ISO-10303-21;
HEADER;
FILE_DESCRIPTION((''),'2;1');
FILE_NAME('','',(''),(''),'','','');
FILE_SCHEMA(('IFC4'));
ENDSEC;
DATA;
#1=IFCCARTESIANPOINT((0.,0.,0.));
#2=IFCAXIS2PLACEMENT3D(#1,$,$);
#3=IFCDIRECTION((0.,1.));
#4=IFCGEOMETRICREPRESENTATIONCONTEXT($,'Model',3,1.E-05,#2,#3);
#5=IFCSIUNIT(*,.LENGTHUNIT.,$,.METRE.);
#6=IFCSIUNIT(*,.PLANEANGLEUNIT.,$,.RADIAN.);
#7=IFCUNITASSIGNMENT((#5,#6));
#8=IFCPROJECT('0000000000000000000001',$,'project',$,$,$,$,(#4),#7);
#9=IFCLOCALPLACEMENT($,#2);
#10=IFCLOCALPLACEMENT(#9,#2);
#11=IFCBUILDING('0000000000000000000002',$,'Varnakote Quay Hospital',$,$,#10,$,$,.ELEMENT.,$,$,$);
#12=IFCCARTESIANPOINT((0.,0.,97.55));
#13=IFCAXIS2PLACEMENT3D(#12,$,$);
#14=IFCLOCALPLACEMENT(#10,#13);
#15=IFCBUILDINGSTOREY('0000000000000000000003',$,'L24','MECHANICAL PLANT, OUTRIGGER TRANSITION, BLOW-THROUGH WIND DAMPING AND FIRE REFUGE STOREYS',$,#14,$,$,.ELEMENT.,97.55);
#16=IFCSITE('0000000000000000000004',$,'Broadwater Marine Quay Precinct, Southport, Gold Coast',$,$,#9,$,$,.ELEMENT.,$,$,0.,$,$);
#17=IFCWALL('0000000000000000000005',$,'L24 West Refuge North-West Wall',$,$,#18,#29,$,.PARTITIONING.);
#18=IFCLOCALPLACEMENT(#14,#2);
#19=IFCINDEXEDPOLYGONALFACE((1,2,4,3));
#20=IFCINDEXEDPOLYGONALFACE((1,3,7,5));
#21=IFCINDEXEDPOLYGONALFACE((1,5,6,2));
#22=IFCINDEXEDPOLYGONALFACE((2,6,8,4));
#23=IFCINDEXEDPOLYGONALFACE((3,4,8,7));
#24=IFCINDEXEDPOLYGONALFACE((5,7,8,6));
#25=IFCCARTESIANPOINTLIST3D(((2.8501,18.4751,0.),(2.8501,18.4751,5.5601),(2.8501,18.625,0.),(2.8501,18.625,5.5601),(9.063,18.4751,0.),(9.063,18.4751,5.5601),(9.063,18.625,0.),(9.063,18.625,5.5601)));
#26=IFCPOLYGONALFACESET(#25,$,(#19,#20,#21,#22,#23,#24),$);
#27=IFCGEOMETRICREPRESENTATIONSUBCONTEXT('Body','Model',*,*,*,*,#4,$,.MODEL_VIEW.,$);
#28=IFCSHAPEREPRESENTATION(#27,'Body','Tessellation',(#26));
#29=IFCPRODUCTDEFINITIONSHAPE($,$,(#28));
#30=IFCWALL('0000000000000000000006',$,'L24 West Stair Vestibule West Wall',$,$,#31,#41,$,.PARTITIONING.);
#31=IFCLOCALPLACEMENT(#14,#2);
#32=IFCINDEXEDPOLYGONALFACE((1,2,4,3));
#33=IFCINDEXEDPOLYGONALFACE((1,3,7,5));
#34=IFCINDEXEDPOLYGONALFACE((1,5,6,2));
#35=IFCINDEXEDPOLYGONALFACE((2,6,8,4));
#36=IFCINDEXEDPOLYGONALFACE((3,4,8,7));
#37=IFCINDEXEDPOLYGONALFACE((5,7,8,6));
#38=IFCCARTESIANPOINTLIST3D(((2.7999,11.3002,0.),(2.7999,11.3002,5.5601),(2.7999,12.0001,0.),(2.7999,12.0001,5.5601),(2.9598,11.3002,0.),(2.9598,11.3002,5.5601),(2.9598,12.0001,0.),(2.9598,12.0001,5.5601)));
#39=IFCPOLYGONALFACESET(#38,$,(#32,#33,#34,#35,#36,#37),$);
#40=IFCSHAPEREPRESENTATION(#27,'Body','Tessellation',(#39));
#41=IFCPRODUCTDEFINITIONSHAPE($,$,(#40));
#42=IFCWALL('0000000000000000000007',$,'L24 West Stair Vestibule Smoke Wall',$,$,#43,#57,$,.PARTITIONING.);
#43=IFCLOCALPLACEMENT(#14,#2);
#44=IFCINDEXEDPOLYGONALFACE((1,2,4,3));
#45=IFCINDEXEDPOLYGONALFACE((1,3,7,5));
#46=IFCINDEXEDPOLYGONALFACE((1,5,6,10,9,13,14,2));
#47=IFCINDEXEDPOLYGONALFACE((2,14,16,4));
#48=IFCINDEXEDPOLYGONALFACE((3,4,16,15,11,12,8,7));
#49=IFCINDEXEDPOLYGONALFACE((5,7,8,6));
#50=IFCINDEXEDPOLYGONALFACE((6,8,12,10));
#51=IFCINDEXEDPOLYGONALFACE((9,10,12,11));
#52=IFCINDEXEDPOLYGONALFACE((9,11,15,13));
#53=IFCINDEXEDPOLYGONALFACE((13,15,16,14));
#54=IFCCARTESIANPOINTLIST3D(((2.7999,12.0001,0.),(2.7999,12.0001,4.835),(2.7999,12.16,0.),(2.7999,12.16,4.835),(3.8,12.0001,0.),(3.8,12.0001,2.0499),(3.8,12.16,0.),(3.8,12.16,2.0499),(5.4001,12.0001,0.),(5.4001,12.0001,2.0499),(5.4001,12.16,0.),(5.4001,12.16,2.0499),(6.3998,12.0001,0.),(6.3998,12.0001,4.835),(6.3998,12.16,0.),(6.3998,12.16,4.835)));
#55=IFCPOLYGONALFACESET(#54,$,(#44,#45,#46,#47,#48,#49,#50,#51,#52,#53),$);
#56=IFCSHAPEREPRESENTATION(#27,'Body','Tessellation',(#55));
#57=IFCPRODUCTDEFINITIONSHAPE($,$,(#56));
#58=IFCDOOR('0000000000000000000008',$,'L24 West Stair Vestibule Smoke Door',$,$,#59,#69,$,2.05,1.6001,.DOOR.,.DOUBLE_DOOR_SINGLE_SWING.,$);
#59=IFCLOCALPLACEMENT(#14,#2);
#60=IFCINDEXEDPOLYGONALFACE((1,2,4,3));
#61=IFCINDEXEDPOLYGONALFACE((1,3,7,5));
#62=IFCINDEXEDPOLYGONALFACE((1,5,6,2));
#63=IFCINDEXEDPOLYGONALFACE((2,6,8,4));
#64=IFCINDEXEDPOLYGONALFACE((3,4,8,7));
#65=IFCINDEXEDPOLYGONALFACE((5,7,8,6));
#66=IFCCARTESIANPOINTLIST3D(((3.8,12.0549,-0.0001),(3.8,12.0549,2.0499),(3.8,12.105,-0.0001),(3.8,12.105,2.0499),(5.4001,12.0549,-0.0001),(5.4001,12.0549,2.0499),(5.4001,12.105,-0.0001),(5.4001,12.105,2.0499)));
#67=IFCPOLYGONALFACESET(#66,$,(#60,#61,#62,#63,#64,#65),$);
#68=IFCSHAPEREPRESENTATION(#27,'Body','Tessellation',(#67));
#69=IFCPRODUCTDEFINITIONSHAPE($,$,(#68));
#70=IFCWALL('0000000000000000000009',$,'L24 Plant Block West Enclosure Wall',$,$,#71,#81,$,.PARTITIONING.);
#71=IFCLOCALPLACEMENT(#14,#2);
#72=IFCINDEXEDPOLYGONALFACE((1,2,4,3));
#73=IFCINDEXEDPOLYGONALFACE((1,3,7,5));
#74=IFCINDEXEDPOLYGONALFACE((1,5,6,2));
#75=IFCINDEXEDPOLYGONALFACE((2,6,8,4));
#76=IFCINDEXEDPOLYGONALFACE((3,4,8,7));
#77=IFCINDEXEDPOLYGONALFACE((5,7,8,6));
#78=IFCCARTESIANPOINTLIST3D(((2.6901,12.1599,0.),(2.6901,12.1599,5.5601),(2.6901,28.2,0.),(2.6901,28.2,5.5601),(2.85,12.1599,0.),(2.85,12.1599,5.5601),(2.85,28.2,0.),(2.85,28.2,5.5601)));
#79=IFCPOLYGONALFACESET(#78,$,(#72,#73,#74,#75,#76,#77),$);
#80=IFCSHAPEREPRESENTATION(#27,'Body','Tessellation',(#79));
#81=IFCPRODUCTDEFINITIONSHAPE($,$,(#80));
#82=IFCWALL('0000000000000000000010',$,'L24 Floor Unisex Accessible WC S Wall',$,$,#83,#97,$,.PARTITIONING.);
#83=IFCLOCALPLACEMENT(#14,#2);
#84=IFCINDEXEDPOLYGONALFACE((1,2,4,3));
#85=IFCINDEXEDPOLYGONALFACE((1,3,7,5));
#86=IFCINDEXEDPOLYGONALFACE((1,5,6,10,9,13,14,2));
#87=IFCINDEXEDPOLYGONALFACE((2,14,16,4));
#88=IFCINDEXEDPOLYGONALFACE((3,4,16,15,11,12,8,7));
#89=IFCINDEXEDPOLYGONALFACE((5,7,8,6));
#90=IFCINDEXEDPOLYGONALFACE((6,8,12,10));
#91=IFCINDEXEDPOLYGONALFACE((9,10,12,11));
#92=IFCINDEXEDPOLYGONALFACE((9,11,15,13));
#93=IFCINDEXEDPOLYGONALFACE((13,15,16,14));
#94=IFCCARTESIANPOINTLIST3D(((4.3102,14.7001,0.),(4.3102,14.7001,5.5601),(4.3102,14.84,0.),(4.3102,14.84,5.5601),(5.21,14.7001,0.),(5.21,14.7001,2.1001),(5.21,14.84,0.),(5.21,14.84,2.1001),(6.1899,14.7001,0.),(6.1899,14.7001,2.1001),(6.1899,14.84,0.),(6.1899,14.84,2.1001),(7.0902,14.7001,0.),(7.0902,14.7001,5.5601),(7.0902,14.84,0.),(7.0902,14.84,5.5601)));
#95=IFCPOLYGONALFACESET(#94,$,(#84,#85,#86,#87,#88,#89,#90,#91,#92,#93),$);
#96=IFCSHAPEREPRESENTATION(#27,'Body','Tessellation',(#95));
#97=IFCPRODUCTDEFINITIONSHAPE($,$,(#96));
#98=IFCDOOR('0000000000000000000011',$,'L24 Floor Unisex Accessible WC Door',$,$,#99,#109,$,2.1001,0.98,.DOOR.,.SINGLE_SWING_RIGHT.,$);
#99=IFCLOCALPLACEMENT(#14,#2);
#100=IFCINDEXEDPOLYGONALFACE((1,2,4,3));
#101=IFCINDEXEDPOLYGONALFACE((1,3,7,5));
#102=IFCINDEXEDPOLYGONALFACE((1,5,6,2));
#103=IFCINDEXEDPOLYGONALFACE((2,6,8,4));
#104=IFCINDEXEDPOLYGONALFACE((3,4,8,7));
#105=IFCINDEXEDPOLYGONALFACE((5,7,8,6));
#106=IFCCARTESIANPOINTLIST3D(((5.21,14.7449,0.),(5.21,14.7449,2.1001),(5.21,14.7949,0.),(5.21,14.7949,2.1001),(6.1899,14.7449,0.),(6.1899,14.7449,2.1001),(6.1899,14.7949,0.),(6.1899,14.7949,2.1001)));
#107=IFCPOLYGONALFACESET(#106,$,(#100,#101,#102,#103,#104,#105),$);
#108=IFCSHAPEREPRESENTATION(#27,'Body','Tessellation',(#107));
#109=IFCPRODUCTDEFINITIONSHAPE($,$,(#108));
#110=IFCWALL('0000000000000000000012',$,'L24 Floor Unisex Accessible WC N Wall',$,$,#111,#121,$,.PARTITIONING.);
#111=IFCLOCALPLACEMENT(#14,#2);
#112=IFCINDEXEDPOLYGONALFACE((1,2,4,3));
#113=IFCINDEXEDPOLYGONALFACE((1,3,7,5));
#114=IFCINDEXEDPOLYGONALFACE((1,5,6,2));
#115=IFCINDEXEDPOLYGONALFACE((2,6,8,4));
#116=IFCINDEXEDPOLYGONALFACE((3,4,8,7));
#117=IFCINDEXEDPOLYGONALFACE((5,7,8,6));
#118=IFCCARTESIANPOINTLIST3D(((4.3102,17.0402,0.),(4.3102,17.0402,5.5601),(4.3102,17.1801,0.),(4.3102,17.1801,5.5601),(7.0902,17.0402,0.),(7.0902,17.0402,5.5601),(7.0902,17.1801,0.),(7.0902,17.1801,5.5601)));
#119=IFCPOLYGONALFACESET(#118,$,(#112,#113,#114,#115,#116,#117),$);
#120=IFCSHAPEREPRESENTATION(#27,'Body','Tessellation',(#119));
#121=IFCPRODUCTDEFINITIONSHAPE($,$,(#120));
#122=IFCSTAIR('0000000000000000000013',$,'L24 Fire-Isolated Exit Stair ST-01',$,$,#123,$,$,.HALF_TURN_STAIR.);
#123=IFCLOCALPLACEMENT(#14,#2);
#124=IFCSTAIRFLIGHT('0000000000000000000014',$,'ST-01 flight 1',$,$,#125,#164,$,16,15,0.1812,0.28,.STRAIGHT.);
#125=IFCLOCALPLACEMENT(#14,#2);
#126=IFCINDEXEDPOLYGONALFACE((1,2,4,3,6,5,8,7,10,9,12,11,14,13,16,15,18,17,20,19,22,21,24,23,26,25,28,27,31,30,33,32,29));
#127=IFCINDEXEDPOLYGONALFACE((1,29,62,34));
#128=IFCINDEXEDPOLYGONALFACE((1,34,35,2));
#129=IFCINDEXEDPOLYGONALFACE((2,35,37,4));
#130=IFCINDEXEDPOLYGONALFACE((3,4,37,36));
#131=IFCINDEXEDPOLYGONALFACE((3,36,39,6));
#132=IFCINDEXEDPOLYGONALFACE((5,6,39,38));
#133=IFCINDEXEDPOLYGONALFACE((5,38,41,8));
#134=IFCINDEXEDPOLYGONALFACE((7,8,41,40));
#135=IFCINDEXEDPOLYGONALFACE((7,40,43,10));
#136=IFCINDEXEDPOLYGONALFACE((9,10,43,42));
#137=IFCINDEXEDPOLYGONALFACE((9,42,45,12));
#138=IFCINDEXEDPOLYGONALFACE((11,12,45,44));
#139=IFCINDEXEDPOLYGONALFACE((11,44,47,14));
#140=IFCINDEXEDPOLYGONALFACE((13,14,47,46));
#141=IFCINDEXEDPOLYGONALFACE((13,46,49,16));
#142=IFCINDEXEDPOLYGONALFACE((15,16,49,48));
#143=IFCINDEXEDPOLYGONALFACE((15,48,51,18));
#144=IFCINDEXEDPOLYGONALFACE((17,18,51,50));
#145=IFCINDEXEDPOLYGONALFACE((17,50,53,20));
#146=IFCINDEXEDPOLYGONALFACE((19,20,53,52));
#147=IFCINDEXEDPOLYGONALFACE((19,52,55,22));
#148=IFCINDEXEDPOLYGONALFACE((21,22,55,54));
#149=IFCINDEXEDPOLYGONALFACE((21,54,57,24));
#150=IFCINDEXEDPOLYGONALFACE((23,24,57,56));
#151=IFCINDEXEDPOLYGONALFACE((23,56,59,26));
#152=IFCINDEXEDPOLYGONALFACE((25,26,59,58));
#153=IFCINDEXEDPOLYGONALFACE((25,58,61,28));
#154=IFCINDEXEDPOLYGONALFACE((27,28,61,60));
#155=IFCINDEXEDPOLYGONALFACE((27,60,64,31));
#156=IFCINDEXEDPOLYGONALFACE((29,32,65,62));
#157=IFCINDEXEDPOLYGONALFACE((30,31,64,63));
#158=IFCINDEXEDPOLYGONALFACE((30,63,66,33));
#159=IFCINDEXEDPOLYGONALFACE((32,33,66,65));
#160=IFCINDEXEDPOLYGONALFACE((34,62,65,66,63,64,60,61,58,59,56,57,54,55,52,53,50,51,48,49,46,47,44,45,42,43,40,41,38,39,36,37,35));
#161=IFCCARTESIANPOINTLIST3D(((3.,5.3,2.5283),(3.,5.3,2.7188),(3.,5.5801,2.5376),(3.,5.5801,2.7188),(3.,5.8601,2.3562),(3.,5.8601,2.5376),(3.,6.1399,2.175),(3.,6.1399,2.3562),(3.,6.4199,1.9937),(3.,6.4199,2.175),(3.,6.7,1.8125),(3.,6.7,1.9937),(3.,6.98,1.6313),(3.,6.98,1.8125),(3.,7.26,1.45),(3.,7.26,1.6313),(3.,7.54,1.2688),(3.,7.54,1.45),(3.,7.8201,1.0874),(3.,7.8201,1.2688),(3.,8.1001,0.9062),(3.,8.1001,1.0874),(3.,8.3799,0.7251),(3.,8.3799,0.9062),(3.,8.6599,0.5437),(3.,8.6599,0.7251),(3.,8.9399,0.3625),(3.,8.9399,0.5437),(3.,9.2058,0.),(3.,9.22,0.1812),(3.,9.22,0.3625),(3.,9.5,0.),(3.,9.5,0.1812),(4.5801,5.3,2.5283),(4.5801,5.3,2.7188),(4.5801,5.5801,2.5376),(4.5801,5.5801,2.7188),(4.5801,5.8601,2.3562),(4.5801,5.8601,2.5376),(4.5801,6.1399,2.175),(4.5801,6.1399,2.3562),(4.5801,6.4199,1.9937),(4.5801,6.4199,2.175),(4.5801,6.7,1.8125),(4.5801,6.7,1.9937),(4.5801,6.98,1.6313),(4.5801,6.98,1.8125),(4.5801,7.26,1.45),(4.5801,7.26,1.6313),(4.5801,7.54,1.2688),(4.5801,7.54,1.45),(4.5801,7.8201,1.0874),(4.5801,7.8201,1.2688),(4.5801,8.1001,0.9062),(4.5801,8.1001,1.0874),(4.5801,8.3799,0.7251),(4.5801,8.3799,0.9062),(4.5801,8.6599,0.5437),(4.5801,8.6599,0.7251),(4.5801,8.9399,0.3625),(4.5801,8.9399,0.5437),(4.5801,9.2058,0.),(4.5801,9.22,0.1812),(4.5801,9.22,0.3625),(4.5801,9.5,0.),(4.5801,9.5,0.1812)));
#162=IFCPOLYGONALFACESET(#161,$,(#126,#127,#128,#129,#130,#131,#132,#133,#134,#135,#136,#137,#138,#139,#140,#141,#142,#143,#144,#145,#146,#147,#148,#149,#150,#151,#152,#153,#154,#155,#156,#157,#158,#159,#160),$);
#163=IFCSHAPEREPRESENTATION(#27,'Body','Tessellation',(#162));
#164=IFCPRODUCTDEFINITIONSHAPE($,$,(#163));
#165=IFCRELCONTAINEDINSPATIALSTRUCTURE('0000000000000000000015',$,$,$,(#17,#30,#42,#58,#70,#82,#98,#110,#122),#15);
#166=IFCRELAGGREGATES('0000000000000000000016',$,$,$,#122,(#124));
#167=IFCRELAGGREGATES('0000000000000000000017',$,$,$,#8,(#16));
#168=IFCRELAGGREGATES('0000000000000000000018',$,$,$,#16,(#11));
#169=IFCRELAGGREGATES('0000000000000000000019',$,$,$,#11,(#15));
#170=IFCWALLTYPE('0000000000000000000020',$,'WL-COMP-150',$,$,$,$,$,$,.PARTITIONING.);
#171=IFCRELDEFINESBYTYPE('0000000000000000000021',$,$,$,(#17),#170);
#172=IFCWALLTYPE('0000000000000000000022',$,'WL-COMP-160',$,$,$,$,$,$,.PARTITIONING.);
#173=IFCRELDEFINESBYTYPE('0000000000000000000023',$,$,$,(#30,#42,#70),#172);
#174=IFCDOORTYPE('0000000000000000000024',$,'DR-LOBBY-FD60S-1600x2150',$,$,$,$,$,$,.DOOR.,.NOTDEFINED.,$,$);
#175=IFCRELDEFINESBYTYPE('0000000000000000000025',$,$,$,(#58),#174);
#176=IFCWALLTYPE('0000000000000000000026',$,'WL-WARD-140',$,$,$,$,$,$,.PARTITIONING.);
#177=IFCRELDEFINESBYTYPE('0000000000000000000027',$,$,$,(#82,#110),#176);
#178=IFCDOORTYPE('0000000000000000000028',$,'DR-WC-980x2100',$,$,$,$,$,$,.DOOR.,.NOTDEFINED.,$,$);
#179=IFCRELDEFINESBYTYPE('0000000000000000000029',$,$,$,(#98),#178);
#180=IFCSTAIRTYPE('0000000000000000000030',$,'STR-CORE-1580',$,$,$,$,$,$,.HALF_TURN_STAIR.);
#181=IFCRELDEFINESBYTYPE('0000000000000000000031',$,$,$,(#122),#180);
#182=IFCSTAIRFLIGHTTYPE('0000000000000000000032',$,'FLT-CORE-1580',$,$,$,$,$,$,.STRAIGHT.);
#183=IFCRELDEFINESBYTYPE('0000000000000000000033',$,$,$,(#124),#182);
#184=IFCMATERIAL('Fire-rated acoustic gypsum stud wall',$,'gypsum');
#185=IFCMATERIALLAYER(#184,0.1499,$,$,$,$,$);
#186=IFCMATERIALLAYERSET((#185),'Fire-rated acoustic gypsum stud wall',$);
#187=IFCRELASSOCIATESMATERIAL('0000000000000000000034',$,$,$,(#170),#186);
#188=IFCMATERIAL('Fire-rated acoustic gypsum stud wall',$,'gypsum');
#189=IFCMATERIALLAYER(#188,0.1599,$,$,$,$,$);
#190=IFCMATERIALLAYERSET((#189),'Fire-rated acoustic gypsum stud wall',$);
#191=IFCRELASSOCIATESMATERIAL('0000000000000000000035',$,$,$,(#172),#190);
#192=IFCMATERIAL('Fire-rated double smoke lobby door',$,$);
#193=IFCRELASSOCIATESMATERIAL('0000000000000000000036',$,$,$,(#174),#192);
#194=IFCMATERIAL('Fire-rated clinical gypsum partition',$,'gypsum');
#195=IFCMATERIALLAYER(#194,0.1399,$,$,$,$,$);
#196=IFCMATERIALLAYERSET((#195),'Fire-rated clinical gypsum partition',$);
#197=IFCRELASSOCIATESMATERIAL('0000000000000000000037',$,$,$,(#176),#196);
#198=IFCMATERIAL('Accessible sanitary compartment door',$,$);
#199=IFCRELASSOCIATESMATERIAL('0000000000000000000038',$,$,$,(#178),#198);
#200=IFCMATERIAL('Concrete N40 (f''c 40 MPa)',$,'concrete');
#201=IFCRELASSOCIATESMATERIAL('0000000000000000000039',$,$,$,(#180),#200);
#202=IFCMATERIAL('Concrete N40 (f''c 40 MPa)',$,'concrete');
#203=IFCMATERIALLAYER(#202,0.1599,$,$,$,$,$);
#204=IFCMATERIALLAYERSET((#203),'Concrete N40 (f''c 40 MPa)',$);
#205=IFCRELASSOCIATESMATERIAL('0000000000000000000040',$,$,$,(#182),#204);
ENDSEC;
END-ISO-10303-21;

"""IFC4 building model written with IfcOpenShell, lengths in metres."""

from ifc_helpers import new_model, si_unit, direction, frame, frame_2d, origin, place, context, subcontext, project, spatial, polyline, rectangle, outline, extrude, material, layer, layer_set, type_object, element, fill, aggregate, save


model = new_model("IFC4")

# Units and contexts
model_context = context("Model", 3, precision=1e-05, world=origin(), true_north=direction((0.0, 1.0)))
body_context = subcontext(model_context, "Body", "Model", "MODEL_VIEW")
ifc_project = project(units=[si_unit("LENGTHUNIT", "METRE"), si_unit("PLANEANGLEUNIT", "RADIAN")], contexts=[model_context])

# Site, building, storey
site_placement = place(None, origin())
site = spatial("IfcSite", under=ifc_project, at=site_placement, Name="Broadwater Marine Quay Precinct, Southport, Gold Coast", CompositionType="ELEMENT", RefElevation=0.0)
building_placement = place(site_placement, origin())
building = spatial("IfcBuilding", under=site, at=building_placement, Name="Varnakote Quay Hospital", CompositionType="ELEMENT")
storey_placement = place(building_placement, frame((0.0, 0.0, 97.55)))
storey = spatial("IfcBuildingStorey", under=building, at=storey_placement, Name="L24", Description="MECHANICAL PLANT, OUTRIGGER TRANSITION, BLOW-THROUGH WIND DAMPING AND FIRE REFUGE STOREYS", CompositionType="ELEMENT", Elevation=97.55)

# Walls
ifc_material_1 = material(Name="Fire-rated acoustic gypsum stud wall", Category="gypsum")
ifc_layer_1 = layer(ifc_material_1, 0.1499)
ifc_layer_set_1 = layer_set([ifc_layer_1], Name="Fire-rated acoustic gypsum stud wall")
wall_type_1 = type_object("IfcWallType", Name="WL-COMP-150", PredefinedType="PARTITIONING", material=ifc_layer_set_1)
wall_1_placement = place(storey_placement, frame((2.8501, 18.55, 0.0), z_axis=(0.0, 0.0, 1.0), x_axis=(1.0, 0.0, 0.0)))
element("IfcWall", 1, at=wall_1_placement, inside=storey, type_object=wall_type_1, Name="L24 West Refuge North-West Wall", PredefinedType="PARTITIONING", context=body_context, shape_type="SweptSolid", body=[
    extrude(rectangle(XDim=6.2129, YDim=0.1499, at=frame_2d((3.1064, 0.0))), origin(), (0.0, 0.0, 1.0), 5.5601),
])
ifc_material_2 = material(Name="Fire-rated acoustic gypsum stud wall", Category="gypsum")
ifc_layer_2 = layer(ifc_material_2, 0.1599)
ifc_layer_set_2 = layer_set([ifc_layer_2], Name="Fire-rated acoustic gypsum stud wall")
wall_type_2 = type_object("IfcWallType", Name="WL-COMP-160", PredefinedType="PARTITIONING", material=ifc_layer_set_2)
wall_2_placement = place(storey_placement, frame((2.8799, 11.3, 0.0), z_axis=(0.0, 0.0, 1.0), x_axis=(0.0, 1.0, 0.0)))
element("IfcWall", 2, at=wall_2_placement, inside=storey, type_object=wall_type_2, Name="L24 West Stair Vestibule West Wall", PredefinedType="PARTITIONING", context=body_context, shape_type="SweptSolid", body=[
    extrude(rectangle(XDim=0.7, YDim=0.1599, at=frame_2d((0.3501, 0.0))), origin(), (0.0, 0.0, 1.0), 5.5601),
])

# Wall, opening, door
wall_3_placement = place(storey_placement, frame((2.8, 12.0801, 0.0), z_axis=(0.0, 0.0, 1.0), x_axis=(1.0, 0.0, 0.0)))
wall_3 = element("IfcWall", 3, at=wall_3_placement, inside=storey, type_object=wall_type_2, Name="L24 West Stair Vestibule Smoke Wall", PredefinedType="PARTITIONING", context=body_context, shape_type="SweptSolid", body=[
    extrude(rectangle(XDim=3.5999, YDim=0.1599, at=frame_2d((1.7998, 0.0))), origin(), (0.0, 0.0, 1.0), 4.835),
])
opening_1_placement = place(wall_3_placement, frame((1.0, 0.0, 0.0)))
opening_1 = element("IfcOpeningElement", 4, at=opening_1_placement, cuts=wall_3, PredefinedType="OPENING", context=body_context, shape_type="SweptSolid", body=[
    extrude(rectangle(XDim=1.6001, YDim=2.05, at=frame_2d((0.8, 1.0249))), frame((0.0, 0.0898, 0.0), z_axis=(0.0, -1.0, 0.0), x_axis=(1.0, 0.0, 0.0)), (0.0, 0.0, 1.0), 0.1799),
])
ifc_material_3 = material(Name="Fire-rated double smoke lobby door")
door_type_1 = type_object("IfcDoorType", Name="DR-LOBBY-FD60S-1600x2150", OperationType="NOTDEFINED", PredefinedType="DOOR", material=ifc_material_3)
door_1_placement = place(opening_1_placement, origin())
door_1 = element("IfcDoor", 5, at=door_1_placement, inside=storey, type_object=door_type_1, Name="L24 West Stair Vestibule Smoke Door", OperationType="DOUBLE_DOOR_SINGLE_SWING", OverallHeight=2.05, OverallWidth=1.6001, PredefinedType="DOOR", context=body_context, shape_type="SweptSolid", body=[
    extrude(rectangle(XDim=1.6001, YDim=2.05, at=frame_2d((0.8, 1.0249))), frame((0.0, 0.0249, 0.0), z_axis=(0.0, -1.0, 0.0), x_axis=(1.0, 0.0, 0.0)), (0.0, 0.0, 1.0), 0.05),
])
fill(opening_1, door_1)

# Wall
wall_4_placement = place(storey_placement, frame((2.77, 12.1599, 0.0), z_axis=(0.0, 0.0, 1.0), x_axis=(0.0, 1.0, 0.0)))
element("IfcWall", 6, at=wall_4_placement, inside=storey, type_object=wall_type_2, Name="L24 Plant Block West Enclosure Wall", PredefinedType="PARTITIONING", context=body_context, shape_type="SweptSolid", body=[
    extrude(rectangle(XDim=16.04, YDim=0.1599, at=frame_2d((8.02, 0.0))), origin(), (0.0, 0.0, 1.0), 5.5601),
])

# Wall, opening, door
ifc_material_4 = material(Name="Fire-rated clinical gypsum partition", Category="gypsum")
ifc_layer_3 = layer(ifc_material_4, 0.1399)
ifc_layer_set_3 = layer_set([ifc_layer_3], Name="Fire-rated clinical gypsum partition")
wall_type_3 = type_object("IfcWallType", Name="WL-WARD-140", PredefinedType="PARTITIONING", material=ifc_layer_set_3)
wall_5_placement = place(storey_placement, frame((4.3101, 14.77, 0.0), z_axis=(0.0, 0.0, 1.0), x_axis=(1.0, 0.0, 0.0)))
wall_5 = element("IfcWall", 7, at=wall_5_placement, inside=storey, type_object=wall_type_3, Name="L24 Floor Unisex Accessible WC S Wall", PredefinedType="PARTITIONING", context=body_context, shape_type="SweptSolid", body=[
    extrude(rectangle(XDim=2.78, YDim=0.1399, at=frame_2d((1.3901, 0.0))), origin(), (0.0, 0.0, 1.0), 5.5601),
])
opening_2_placement = place(wall_5_placement, frame((0.8999, 0.0, 0.0)))
opening_2 = element("IfcOpeningElement", 8, at=opening_2_placement, cuts=wall_5, PredefinedType="OPENING", context=body_context, shape_type="SweptSolid", body=[
    extrude(rectangle(XDim=0.98, YDim=2.1001, at=frame_2d((0.49, 1.05))), frame((0.0, 0.0798, 0.0), z_axis=(0.0, -1.0, 0.0), x_axis=(1.0, 0.0, 0.0)), (0.0, 0.0, 1.0), 0.1599),
])
ifc_material_5 = material(Name="Accessible sanitary compartment door")
door_type_2 = type_object("IfcDoorType", Name="DR-WC-980x2100", OperationType="NOTDEFINED", PredefinedType="DOOR", material=ifc_material_5)
door_2_placement = place(opening_2_placement, origin())
door_2 = element("IfcDoor", 9, at=door_2_placement, inside=storey, type_object=door_type_2, Name="L24 Floor Unisex Accessible WC Door", OperationType="SINGLE_SWING_RIGHT", OverallHeight=2.1001, OverallWidth=0.98, PredefinedType="DOOR", context=body_context, shape_type="SweptSolid", body=[
    extrude(rectangle(XDim=0.98, YDim=2.1001, at=frame_2d((0.49, 1.05))), frame((0.0, 0.0249, 0.0), z_axis=(0.0, -1.0, 0.0), x_axis=(1.0, 0.0, 0.0)), (0.0, 0.0, 1.0), 0.05),
])
fill(opening_2, door_2)

# Wall
wall_6_placement = place(storey_placement, frame((4.3101, 17.1101, 0.0), z_axis=(0.0, 0.0, 1.0), x_axis=(1.0, 0.0, 0.0)))
element("IfcWall", 10, at=wall_6_placement, inside=storey, type_object=wall_type_3, Name="L24 Floor Unisex Accessible WC N Wall", PredefinedType="PARTITIONING", context=body_context, shape_type="SweptSolid", body=[
    extrude(rectangle(XDim=2.78, YDim=0.1399, at=frame_2d((1.3901, 0.0))), origin(), (0.0, 0.0, 1.0), 5.5601),
])

# Stair, stair flight
ifc_material_6 = material(Name="Concrete N40 (f'c 40 MPa)", Category="concrete")
stair_type = type_object("IfcStairType", Name="STR-CORE-1580", PredefinedType="HALF_TURN_STAIR", material=ifc_material_6)
stair_placement = place(storey_placement, origin())
stair = element("IfcStair", 11, at=stair_placement, inside=storey, type_object=stair_type, Name="L24 Fire-Isolated Exit Stair ST-01", PredefinedType="HALF_TURN_STAIR")
ifc_material_7 = material(Name="Concrete N40 (f'c 40 MPa)", Category="concrete")
ifc_layer_4 = layer(ifc_material_7, 0.1599)
ifc_layer_set_4 = layer_set([ifc_layer_4], Name="Concrete N40 (f'c 40 MPa)")
stair_flight_type = type_object("IfcStairFlightType", Name="FLT-CORE-1580", PredefinedType="STRAIGHT", material=ifc_layer_set_4)
stair_flight_placement = place(storey_placement, frame((3.79, 9.5, 0.0), z_axis=(0.0, 0.0, 1.0), x_axis=(0.0, -1.0, 0.0)))
stair_flight = element("IfcStairFlight", 12, at=stair_flight_placement, type_object=stair_flight_type, Name="ST-01 flight 1", NumberOfRisers=16, NumberOfTreads=15, PredefinedType="STRAIGHT", RiserHeight=0.1812, TreadLength=0.28, context=body_context, shape_type="SweptSolid", body=[
    extrude(outline(polyline([(0.0, 0.0), (0.0, 0.1812), (0.28, 0.1812), (0.28, 0.3625), (0.5601, 0.3625), (0.5601, 0.5437), (0.8401, 0.5437), (0.8401, 0.7251), (1.1201, 0.7251), (1.1201, 0.9062), (1.3999, 0.9062), (1.3999, 1.0874), (1.6799, 1.0874), (1.6799, 1.2688), (1.96, 1.2688), (1.96, 1.45), (2.24, 1.45), (2.24, 1.6313), (2.52, 1.6313), (2.52, 1.8125), (2.8, 1.8125), (2.8, 1.9937), (3.0801, 1.9937), (3.0801, 2.175), (3.3601, 2.175), (3.3601, 2.3562), (3.6399, 2.3562), (3.6399, 2.5376), (3.9199, 2.5376), (3.9199, 2.7188), (4.2, 2.7188), (4.2, 2.8999), (4.2, 2.5283), (0.2942, 0.0), (0.0, 0.0)])), frame((0.0, 0.79, 0.0), z_axis=(0.0, -1.0, 0.0), x_axis=(1.0, 0.0, 0.0)), (0.0, 0.0, 1.0), 1.5801),
])
aggregate(stair, [stair_flight])

save(model, "model.ifc")
